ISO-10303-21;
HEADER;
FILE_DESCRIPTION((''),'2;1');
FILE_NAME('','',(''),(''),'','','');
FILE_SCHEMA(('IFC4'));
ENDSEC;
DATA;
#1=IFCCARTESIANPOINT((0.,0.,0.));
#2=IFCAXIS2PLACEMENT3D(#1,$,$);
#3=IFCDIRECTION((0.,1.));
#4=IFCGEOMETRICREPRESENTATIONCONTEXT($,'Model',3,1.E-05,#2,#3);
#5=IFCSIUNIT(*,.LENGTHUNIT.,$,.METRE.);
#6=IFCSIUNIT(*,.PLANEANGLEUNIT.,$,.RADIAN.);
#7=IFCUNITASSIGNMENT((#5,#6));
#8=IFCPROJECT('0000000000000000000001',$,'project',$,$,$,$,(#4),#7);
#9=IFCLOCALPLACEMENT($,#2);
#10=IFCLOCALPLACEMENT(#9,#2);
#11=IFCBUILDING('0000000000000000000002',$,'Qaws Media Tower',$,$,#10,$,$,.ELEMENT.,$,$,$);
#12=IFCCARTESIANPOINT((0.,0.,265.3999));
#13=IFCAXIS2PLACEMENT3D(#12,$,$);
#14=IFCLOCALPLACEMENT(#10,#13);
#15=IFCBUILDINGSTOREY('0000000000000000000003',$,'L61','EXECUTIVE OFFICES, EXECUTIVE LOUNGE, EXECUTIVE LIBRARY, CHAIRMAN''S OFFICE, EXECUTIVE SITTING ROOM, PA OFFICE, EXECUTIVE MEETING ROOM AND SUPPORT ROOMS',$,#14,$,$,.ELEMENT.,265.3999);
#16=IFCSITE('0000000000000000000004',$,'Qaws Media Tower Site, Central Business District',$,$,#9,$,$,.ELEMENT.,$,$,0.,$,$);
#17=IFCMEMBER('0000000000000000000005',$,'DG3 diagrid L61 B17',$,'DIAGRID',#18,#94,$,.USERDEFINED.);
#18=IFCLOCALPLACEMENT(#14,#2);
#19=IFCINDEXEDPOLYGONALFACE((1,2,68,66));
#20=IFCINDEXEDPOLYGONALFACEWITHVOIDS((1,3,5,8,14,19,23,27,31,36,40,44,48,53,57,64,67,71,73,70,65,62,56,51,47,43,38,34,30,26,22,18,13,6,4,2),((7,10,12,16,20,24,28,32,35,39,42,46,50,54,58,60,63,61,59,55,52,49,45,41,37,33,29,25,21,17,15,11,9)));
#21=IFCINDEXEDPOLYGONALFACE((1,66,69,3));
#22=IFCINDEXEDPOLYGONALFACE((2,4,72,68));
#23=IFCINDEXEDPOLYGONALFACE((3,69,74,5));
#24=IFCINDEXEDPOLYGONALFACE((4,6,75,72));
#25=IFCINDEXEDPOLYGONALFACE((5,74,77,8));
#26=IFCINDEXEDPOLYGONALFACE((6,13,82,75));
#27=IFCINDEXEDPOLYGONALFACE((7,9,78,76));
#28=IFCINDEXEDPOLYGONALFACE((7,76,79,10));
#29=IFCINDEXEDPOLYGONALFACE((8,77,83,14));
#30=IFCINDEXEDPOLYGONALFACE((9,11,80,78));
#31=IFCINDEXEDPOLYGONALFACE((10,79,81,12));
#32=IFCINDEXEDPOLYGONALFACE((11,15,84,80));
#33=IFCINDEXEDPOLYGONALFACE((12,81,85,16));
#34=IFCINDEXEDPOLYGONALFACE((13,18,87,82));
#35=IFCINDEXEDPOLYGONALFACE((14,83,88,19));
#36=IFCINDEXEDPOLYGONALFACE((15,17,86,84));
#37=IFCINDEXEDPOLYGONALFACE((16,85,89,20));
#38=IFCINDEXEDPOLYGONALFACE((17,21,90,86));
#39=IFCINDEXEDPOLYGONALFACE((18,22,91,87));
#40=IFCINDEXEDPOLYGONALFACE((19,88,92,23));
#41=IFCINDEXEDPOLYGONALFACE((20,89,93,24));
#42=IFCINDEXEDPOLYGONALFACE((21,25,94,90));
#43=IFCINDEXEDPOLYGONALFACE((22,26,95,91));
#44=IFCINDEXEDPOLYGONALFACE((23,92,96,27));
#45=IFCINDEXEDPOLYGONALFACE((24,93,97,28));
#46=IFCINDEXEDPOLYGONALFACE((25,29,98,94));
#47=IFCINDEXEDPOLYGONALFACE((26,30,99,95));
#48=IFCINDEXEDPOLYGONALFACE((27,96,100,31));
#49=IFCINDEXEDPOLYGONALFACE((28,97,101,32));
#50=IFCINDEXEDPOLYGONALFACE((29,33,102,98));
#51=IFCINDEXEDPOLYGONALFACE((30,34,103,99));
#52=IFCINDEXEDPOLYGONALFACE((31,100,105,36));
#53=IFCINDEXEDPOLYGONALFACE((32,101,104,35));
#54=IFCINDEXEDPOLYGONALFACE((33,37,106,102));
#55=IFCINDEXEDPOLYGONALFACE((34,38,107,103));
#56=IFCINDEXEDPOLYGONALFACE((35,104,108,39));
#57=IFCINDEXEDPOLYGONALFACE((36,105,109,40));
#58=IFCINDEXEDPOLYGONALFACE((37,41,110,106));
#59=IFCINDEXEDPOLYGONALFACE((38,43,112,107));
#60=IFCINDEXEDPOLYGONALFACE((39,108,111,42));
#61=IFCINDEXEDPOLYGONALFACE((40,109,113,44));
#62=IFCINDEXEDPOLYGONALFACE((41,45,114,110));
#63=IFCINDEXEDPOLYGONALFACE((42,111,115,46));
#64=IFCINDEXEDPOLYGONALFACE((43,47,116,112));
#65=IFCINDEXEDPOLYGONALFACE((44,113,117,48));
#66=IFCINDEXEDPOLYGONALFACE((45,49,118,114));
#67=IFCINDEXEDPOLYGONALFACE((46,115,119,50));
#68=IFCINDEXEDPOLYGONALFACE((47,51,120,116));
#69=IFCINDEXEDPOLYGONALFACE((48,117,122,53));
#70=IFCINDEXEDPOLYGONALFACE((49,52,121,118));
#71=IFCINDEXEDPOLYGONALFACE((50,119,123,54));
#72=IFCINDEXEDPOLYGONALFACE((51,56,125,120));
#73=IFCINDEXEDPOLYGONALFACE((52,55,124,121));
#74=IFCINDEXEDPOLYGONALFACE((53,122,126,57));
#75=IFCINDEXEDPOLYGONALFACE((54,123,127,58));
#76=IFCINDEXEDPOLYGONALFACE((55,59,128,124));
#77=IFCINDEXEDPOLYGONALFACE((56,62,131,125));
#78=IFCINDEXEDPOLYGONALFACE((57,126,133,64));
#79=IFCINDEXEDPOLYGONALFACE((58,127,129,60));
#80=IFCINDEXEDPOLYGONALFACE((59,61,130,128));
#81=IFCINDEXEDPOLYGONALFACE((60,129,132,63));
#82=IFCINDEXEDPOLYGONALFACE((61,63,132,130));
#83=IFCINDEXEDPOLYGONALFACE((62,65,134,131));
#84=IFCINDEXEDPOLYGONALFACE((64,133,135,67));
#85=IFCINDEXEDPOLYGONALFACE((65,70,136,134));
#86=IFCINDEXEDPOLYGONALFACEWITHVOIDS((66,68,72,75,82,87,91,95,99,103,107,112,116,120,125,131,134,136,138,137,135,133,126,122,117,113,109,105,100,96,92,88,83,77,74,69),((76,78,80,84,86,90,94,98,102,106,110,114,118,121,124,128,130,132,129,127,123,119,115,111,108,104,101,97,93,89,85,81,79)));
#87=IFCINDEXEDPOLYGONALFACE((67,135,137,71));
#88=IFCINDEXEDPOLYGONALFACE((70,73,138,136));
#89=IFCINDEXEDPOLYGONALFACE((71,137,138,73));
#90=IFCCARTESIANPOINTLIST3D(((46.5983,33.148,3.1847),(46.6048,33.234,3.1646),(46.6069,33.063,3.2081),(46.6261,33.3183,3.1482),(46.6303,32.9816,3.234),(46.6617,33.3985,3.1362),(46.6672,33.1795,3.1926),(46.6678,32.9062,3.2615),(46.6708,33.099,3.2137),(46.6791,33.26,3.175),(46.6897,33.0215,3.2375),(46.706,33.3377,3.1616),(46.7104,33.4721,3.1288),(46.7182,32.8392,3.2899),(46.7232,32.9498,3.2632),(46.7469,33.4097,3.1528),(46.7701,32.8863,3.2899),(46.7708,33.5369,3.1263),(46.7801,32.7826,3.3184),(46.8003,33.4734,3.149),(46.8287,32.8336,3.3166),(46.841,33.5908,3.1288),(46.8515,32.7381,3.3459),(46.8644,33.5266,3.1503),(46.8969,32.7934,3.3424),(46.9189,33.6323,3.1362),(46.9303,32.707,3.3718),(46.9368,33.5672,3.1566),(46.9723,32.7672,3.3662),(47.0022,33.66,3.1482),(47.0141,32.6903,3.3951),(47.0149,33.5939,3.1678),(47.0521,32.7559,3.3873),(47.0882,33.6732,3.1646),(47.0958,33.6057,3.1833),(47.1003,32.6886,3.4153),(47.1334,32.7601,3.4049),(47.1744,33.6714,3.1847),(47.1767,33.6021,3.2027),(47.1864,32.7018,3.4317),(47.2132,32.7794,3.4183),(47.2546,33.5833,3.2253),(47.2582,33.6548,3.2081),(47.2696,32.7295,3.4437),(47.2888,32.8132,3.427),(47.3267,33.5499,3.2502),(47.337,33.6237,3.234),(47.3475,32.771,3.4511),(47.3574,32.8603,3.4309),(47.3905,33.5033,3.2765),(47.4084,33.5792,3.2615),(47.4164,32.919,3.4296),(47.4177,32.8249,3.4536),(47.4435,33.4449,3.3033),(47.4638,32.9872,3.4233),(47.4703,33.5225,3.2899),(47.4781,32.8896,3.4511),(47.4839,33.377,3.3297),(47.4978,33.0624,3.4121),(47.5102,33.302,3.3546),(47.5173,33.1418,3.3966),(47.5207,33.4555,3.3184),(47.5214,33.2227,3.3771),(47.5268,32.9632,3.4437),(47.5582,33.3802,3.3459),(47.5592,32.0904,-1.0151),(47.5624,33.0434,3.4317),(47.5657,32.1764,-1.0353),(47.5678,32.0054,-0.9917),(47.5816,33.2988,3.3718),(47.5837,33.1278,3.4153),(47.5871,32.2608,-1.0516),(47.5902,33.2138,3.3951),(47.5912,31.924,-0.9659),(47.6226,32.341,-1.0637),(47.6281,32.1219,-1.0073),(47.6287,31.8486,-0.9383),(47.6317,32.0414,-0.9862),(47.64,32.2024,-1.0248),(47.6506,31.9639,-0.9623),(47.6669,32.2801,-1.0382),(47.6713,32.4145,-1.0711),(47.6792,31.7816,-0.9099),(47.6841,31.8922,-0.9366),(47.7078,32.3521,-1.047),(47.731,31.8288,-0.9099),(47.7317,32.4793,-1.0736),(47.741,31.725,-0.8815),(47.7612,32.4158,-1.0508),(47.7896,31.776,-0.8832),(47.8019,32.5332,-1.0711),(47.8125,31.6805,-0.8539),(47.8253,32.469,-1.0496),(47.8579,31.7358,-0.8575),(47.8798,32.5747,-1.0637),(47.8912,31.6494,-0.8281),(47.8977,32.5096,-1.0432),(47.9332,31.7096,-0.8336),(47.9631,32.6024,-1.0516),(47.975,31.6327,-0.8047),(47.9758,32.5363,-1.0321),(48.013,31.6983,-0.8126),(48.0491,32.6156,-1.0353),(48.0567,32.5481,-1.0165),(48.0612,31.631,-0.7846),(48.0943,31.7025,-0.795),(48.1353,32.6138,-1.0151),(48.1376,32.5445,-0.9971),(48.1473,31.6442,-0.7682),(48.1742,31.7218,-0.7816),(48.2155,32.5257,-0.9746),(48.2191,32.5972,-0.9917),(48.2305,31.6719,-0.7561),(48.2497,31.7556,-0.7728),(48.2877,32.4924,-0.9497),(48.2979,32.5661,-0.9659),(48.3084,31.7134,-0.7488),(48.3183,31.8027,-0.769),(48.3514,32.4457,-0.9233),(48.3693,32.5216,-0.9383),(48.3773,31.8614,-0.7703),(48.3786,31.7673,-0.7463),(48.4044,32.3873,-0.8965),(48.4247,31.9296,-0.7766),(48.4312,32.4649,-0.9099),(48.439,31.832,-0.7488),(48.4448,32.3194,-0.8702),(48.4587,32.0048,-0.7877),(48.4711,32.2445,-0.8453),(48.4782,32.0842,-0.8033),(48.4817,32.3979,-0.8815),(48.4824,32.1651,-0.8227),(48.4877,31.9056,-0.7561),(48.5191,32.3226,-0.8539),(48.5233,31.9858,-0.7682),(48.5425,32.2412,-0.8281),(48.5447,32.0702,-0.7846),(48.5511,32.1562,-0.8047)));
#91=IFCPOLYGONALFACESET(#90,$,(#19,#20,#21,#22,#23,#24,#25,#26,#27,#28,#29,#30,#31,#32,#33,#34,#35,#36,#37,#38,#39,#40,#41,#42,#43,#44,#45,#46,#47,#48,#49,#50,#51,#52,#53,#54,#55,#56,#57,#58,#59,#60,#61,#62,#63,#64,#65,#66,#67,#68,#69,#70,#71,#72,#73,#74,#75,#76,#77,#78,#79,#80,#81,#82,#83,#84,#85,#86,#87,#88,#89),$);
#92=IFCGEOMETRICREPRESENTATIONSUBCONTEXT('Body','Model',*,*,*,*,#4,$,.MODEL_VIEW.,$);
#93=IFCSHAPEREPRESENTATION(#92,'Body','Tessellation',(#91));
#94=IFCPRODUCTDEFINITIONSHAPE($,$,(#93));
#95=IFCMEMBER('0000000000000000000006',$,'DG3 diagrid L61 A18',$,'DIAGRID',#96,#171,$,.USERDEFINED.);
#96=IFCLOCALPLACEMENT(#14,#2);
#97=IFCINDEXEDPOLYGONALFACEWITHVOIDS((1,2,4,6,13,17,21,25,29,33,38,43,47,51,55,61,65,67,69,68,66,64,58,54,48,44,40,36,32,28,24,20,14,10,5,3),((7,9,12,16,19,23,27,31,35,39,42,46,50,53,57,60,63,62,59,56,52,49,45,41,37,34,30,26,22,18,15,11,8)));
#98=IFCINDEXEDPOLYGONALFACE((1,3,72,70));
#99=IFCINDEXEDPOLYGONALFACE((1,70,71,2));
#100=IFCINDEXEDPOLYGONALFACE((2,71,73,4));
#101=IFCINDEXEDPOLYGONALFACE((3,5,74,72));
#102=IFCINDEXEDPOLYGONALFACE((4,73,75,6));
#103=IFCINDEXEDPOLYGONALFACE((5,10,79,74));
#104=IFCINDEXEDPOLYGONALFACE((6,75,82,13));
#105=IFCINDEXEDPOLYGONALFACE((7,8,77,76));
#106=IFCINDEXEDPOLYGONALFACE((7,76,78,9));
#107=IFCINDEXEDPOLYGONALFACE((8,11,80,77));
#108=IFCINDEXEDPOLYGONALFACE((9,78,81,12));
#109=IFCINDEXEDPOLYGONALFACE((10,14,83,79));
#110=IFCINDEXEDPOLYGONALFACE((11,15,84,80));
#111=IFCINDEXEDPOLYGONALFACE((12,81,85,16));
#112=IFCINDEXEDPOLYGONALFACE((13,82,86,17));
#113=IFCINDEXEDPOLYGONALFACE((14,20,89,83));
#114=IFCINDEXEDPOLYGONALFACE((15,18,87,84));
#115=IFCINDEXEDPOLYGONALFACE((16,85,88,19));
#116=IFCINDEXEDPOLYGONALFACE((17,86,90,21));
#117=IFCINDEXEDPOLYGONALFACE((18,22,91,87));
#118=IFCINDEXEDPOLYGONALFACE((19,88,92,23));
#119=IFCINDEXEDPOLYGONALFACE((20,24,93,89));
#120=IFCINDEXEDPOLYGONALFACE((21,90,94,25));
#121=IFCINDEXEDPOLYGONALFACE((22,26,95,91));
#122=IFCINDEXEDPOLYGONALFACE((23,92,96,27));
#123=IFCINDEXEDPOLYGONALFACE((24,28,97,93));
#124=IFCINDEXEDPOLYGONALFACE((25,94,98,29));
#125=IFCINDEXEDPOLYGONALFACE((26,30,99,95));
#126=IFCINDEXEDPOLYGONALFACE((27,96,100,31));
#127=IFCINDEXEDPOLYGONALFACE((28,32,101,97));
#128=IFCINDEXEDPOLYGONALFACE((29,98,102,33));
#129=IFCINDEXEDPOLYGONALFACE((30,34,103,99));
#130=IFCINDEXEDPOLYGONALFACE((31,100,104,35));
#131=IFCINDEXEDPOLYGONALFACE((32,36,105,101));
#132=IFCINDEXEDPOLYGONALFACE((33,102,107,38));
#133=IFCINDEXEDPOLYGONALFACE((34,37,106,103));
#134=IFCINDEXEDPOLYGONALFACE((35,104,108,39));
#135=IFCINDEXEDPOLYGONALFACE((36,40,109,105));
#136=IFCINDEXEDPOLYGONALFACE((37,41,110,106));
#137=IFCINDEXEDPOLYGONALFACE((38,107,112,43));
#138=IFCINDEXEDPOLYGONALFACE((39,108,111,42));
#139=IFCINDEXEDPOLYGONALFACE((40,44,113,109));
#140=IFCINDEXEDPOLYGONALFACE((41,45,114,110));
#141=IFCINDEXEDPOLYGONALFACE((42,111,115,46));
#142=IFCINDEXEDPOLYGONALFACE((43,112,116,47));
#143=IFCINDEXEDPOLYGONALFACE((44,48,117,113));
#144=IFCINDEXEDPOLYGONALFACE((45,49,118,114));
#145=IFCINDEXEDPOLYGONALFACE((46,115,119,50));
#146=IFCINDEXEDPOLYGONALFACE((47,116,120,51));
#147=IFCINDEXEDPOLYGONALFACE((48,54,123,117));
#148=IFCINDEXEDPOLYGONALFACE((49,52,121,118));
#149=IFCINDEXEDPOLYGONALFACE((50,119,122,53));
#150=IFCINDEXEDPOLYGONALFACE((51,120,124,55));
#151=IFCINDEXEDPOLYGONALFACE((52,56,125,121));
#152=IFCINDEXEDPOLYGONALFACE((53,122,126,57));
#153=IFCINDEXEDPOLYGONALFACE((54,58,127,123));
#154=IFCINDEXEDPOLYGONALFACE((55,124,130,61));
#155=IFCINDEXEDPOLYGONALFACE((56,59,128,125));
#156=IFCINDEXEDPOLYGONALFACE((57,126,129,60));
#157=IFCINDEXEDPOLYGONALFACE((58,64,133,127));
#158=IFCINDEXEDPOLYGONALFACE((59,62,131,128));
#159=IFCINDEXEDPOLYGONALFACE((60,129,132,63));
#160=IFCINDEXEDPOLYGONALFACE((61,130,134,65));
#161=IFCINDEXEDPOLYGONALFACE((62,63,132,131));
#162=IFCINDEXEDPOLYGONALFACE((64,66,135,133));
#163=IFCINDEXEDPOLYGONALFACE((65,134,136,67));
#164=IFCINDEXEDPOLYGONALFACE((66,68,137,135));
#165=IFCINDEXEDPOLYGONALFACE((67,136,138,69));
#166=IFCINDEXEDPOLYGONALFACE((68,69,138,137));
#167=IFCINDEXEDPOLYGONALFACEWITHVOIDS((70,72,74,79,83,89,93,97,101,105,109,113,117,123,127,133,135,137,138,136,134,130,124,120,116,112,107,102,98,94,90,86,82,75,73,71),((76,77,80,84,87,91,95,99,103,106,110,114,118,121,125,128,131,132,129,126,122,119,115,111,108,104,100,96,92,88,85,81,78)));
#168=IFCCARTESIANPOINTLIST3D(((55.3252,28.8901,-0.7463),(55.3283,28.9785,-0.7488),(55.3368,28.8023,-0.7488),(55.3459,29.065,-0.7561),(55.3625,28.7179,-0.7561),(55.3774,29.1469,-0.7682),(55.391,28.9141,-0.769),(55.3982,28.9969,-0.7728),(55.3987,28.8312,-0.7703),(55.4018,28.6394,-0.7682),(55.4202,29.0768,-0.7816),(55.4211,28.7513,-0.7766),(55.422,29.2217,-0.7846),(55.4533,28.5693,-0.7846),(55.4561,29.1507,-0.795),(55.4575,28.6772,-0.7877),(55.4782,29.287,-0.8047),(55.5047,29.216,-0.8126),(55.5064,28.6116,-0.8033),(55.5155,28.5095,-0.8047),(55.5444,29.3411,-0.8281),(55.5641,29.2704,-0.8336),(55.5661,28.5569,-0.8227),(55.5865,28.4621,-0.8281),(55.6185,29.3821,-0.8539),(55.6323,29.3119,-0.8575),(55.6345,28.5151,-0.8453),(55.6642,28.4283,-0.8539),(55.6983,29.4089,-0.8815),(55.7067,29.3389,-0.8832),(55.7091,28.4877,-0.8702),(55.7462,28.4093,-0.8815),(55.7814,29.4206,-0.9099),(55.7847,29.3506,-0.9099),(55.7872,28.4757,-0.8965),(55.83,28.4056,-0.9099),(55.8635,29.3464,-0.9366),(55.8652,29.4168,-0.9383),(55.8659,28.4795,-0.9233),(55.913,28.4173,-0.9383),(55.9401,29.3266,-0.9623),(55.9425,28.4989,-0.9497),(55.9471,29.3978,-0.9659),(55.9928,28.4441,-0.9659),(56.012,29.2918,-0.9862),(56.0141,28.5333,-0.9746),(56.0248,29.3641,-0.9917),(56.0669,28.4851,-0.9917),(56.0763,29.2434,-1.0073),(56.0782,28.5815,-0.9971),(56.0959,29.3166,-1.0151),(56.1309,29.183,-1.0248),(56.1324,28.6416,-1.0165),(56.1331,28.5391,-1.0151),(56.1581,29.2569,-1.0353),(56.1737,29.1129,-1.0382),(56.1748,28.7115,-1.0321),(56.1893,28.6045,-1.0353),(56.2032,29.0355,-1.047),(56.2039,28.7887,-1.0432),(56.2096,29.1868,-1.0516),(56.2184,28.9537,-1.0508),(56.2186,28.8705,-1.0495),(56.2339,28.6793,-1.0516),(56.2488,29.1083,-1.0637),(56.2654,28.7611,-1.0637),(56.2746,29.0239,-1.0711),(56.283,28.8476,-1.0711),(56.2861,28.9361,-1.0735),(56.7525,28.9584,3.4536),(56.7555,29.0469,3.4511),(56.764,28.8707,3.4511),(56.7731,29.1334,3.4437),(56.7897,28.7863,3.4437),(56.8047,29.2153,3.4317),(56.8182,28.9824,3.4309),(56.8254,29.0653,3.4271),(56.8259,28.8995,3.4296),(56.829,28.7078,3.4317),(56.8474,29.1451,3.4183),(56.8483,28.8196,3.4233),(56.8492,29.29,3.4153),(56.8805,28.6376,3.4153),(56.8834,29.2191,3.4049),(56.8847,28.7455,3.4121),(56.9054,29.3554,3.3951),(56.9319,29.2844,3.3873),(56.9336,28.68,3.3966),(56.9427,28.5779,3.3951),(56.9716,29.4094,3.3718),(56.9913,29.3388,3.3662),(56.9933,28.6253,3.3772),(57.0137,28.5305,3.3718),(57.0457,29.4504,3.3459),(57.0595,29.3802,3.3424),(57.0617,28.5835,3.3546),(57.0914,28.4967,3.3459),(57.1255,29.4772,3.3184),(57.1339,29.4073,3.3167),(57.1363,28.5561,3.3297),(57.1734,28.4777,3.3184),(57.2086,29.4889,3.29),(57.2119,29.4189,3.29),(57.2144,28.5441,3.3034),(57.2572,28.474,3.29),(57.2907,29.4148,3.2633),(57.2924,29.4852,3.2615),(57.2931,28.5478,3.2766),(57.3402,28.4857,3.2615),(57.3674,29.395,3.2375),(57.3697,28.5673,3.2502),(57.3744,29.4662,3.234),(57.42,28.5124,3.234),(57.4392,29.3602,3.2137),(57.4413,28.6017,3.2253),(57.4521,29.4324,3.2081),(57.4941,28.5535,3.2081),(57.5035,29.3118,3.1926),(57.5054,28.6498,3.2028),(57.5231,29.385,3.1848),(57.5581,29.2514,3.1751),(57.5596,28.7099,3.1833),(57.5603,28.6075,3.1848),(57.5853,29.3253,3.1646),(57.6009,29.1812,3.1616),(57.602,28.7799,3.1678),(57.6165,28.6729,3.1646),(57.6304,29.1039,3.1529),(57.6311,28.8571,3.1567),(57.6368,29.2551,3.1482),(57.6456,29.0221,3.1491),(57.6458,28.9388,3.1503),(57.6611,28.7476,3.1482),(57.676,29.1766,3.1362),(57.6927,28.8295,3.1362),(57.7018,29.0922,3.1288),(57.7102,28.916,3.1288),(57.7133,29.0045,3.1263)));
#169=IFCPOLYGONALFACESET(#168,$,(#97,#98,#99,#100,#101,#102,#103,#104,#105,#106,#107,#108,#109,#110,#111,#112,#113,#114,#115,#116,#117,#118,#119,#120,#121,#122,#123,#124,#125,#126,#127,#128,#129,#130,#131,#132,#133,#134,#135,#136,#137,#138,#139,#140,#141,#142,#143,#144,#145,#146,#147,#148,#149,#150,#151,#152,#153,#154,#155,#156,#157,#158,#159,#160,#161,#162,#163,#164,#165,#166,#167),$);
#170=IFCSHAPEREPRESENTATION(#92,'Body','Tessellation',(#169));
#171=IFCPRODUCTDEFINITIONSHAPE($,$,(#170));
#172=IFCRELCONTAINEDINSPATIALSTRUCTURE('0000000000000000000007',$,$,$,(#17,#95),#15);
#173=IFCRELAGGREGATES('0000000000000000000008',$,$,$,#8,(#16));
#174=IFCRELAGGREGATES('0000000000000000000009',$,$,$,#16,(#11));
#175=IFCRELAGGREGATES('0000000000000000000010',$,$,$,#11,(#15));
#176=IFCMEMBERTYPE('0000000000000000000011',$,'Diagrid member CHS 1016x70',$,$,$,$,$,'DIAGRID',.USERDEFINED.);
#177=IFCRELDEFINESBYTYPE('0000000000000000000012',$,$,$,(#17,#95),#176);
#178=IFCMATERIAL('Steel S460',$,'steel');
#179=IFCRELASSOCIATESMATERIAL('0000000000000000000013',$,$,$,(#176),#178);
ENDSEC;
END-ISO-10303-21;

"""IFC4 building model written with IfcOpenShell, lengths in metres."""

from ifc_helpers import new_model, si_unit, direction, frame, origin, origin_2d, place, context, subcontext, project, spatial, hollow_circle, extrude, material, material_profile, profile_set, type_object, element, save


model = new_model("IFC4")

# Units and contexts
model_context = context("Model", 3, precision=1e-05, world=origin(), true_north=direction((0.0, 1.0)))
body_context = subcontext(model_context, "Body", "Model", "MODEL_VIEW")
ifc_project = project(units=[si_unit("LENGTHUNIT", "METRE"), si_unit("PLANEANGLEUNIT", "RADIAN")], contexts=[model_context])

# Site, building, storey
site_placement = place(None, origin())
site = spatial("IfcSite", under=ifc_project, at=site_placement, Name="Qaws Media Tower Site, Central Business District", CompositionType="ELEMENT", RefElevation=0.0)
building_placement = place(site_placement, origin())
building = spatial("IfcBuilding", under=site, at=building_placement, Name="Qaws Media Tower", CompositionType="ELEMENT")
storey_placement = place(building_placement, frame((0.0, 0.0, 265.3999)))
storey = spatial("IfcBuildingStorey", under=building, at=storey_placement, Name="L61", Description="EXECUTIVE OFFICES, EXECUTIVE LOUNGE, EXECUTIVE LIBRARY, CHAIRMAN'S OFFICE, EXECUTIVE SITTING ROOM, PA OFFICE, EXECUTIVE MEETING ROOM AND SUPPORT ROOMS", CompositionType="ELEMENT", Elevation=265.3999)

# Members
ifc_material_1 = material(Name="Steel S460", Category="steel")
ifc_material_profile_1 = material_profile(ifc_material_1, hollow_circle(Radius=0.5081, WallThickness=0.0701, at=origin_2d()), Name="CHS 1016x70")
ifc_profile_set_1 = profile_set([ifc_material_profile_1], Name="Steel S460")
member_type_1 = type_object("IfcMemberType", Name="Diagrid member CHS 1016x70", ElementType="DIAGRID", PredefinedType="USERDEFINED", material=ifc_profile_set_1)
for number, where, z_axis, x_axis, name in (
    (1, (48.0552, 32.1233, -0.9099), (-0.216604, 0.238396, 0.946705), (-0.740126, -0.672469, 0.0), "DG3 diagrid L61 B17"),
    (2, (55.8057, 28.9131, -0.9099), (0.321716, 0.015409, 0.946711), (-0.047841, 0.998855, 0.0), "DG3 diagrid L61 A18"),
):
    element("IfcMember", number, at=place(storey_placement, frame(where, z_axis=z_axis, x_axis=x_axis)), inside=storey, type_object=member_type_1, Name=name, ObjectType="DIAGRID", PredefinedType="USERDEFINED", context=body_context, shape_type="SweptSolid", body=[
        extrude(hollow_circle(Radius=0.5081, WallThickness=0.0701, at=origin_2d()), origin(), (0.0, 0.0, 1.0), 4.4363),
    ])

save(model, "model.ifc")
